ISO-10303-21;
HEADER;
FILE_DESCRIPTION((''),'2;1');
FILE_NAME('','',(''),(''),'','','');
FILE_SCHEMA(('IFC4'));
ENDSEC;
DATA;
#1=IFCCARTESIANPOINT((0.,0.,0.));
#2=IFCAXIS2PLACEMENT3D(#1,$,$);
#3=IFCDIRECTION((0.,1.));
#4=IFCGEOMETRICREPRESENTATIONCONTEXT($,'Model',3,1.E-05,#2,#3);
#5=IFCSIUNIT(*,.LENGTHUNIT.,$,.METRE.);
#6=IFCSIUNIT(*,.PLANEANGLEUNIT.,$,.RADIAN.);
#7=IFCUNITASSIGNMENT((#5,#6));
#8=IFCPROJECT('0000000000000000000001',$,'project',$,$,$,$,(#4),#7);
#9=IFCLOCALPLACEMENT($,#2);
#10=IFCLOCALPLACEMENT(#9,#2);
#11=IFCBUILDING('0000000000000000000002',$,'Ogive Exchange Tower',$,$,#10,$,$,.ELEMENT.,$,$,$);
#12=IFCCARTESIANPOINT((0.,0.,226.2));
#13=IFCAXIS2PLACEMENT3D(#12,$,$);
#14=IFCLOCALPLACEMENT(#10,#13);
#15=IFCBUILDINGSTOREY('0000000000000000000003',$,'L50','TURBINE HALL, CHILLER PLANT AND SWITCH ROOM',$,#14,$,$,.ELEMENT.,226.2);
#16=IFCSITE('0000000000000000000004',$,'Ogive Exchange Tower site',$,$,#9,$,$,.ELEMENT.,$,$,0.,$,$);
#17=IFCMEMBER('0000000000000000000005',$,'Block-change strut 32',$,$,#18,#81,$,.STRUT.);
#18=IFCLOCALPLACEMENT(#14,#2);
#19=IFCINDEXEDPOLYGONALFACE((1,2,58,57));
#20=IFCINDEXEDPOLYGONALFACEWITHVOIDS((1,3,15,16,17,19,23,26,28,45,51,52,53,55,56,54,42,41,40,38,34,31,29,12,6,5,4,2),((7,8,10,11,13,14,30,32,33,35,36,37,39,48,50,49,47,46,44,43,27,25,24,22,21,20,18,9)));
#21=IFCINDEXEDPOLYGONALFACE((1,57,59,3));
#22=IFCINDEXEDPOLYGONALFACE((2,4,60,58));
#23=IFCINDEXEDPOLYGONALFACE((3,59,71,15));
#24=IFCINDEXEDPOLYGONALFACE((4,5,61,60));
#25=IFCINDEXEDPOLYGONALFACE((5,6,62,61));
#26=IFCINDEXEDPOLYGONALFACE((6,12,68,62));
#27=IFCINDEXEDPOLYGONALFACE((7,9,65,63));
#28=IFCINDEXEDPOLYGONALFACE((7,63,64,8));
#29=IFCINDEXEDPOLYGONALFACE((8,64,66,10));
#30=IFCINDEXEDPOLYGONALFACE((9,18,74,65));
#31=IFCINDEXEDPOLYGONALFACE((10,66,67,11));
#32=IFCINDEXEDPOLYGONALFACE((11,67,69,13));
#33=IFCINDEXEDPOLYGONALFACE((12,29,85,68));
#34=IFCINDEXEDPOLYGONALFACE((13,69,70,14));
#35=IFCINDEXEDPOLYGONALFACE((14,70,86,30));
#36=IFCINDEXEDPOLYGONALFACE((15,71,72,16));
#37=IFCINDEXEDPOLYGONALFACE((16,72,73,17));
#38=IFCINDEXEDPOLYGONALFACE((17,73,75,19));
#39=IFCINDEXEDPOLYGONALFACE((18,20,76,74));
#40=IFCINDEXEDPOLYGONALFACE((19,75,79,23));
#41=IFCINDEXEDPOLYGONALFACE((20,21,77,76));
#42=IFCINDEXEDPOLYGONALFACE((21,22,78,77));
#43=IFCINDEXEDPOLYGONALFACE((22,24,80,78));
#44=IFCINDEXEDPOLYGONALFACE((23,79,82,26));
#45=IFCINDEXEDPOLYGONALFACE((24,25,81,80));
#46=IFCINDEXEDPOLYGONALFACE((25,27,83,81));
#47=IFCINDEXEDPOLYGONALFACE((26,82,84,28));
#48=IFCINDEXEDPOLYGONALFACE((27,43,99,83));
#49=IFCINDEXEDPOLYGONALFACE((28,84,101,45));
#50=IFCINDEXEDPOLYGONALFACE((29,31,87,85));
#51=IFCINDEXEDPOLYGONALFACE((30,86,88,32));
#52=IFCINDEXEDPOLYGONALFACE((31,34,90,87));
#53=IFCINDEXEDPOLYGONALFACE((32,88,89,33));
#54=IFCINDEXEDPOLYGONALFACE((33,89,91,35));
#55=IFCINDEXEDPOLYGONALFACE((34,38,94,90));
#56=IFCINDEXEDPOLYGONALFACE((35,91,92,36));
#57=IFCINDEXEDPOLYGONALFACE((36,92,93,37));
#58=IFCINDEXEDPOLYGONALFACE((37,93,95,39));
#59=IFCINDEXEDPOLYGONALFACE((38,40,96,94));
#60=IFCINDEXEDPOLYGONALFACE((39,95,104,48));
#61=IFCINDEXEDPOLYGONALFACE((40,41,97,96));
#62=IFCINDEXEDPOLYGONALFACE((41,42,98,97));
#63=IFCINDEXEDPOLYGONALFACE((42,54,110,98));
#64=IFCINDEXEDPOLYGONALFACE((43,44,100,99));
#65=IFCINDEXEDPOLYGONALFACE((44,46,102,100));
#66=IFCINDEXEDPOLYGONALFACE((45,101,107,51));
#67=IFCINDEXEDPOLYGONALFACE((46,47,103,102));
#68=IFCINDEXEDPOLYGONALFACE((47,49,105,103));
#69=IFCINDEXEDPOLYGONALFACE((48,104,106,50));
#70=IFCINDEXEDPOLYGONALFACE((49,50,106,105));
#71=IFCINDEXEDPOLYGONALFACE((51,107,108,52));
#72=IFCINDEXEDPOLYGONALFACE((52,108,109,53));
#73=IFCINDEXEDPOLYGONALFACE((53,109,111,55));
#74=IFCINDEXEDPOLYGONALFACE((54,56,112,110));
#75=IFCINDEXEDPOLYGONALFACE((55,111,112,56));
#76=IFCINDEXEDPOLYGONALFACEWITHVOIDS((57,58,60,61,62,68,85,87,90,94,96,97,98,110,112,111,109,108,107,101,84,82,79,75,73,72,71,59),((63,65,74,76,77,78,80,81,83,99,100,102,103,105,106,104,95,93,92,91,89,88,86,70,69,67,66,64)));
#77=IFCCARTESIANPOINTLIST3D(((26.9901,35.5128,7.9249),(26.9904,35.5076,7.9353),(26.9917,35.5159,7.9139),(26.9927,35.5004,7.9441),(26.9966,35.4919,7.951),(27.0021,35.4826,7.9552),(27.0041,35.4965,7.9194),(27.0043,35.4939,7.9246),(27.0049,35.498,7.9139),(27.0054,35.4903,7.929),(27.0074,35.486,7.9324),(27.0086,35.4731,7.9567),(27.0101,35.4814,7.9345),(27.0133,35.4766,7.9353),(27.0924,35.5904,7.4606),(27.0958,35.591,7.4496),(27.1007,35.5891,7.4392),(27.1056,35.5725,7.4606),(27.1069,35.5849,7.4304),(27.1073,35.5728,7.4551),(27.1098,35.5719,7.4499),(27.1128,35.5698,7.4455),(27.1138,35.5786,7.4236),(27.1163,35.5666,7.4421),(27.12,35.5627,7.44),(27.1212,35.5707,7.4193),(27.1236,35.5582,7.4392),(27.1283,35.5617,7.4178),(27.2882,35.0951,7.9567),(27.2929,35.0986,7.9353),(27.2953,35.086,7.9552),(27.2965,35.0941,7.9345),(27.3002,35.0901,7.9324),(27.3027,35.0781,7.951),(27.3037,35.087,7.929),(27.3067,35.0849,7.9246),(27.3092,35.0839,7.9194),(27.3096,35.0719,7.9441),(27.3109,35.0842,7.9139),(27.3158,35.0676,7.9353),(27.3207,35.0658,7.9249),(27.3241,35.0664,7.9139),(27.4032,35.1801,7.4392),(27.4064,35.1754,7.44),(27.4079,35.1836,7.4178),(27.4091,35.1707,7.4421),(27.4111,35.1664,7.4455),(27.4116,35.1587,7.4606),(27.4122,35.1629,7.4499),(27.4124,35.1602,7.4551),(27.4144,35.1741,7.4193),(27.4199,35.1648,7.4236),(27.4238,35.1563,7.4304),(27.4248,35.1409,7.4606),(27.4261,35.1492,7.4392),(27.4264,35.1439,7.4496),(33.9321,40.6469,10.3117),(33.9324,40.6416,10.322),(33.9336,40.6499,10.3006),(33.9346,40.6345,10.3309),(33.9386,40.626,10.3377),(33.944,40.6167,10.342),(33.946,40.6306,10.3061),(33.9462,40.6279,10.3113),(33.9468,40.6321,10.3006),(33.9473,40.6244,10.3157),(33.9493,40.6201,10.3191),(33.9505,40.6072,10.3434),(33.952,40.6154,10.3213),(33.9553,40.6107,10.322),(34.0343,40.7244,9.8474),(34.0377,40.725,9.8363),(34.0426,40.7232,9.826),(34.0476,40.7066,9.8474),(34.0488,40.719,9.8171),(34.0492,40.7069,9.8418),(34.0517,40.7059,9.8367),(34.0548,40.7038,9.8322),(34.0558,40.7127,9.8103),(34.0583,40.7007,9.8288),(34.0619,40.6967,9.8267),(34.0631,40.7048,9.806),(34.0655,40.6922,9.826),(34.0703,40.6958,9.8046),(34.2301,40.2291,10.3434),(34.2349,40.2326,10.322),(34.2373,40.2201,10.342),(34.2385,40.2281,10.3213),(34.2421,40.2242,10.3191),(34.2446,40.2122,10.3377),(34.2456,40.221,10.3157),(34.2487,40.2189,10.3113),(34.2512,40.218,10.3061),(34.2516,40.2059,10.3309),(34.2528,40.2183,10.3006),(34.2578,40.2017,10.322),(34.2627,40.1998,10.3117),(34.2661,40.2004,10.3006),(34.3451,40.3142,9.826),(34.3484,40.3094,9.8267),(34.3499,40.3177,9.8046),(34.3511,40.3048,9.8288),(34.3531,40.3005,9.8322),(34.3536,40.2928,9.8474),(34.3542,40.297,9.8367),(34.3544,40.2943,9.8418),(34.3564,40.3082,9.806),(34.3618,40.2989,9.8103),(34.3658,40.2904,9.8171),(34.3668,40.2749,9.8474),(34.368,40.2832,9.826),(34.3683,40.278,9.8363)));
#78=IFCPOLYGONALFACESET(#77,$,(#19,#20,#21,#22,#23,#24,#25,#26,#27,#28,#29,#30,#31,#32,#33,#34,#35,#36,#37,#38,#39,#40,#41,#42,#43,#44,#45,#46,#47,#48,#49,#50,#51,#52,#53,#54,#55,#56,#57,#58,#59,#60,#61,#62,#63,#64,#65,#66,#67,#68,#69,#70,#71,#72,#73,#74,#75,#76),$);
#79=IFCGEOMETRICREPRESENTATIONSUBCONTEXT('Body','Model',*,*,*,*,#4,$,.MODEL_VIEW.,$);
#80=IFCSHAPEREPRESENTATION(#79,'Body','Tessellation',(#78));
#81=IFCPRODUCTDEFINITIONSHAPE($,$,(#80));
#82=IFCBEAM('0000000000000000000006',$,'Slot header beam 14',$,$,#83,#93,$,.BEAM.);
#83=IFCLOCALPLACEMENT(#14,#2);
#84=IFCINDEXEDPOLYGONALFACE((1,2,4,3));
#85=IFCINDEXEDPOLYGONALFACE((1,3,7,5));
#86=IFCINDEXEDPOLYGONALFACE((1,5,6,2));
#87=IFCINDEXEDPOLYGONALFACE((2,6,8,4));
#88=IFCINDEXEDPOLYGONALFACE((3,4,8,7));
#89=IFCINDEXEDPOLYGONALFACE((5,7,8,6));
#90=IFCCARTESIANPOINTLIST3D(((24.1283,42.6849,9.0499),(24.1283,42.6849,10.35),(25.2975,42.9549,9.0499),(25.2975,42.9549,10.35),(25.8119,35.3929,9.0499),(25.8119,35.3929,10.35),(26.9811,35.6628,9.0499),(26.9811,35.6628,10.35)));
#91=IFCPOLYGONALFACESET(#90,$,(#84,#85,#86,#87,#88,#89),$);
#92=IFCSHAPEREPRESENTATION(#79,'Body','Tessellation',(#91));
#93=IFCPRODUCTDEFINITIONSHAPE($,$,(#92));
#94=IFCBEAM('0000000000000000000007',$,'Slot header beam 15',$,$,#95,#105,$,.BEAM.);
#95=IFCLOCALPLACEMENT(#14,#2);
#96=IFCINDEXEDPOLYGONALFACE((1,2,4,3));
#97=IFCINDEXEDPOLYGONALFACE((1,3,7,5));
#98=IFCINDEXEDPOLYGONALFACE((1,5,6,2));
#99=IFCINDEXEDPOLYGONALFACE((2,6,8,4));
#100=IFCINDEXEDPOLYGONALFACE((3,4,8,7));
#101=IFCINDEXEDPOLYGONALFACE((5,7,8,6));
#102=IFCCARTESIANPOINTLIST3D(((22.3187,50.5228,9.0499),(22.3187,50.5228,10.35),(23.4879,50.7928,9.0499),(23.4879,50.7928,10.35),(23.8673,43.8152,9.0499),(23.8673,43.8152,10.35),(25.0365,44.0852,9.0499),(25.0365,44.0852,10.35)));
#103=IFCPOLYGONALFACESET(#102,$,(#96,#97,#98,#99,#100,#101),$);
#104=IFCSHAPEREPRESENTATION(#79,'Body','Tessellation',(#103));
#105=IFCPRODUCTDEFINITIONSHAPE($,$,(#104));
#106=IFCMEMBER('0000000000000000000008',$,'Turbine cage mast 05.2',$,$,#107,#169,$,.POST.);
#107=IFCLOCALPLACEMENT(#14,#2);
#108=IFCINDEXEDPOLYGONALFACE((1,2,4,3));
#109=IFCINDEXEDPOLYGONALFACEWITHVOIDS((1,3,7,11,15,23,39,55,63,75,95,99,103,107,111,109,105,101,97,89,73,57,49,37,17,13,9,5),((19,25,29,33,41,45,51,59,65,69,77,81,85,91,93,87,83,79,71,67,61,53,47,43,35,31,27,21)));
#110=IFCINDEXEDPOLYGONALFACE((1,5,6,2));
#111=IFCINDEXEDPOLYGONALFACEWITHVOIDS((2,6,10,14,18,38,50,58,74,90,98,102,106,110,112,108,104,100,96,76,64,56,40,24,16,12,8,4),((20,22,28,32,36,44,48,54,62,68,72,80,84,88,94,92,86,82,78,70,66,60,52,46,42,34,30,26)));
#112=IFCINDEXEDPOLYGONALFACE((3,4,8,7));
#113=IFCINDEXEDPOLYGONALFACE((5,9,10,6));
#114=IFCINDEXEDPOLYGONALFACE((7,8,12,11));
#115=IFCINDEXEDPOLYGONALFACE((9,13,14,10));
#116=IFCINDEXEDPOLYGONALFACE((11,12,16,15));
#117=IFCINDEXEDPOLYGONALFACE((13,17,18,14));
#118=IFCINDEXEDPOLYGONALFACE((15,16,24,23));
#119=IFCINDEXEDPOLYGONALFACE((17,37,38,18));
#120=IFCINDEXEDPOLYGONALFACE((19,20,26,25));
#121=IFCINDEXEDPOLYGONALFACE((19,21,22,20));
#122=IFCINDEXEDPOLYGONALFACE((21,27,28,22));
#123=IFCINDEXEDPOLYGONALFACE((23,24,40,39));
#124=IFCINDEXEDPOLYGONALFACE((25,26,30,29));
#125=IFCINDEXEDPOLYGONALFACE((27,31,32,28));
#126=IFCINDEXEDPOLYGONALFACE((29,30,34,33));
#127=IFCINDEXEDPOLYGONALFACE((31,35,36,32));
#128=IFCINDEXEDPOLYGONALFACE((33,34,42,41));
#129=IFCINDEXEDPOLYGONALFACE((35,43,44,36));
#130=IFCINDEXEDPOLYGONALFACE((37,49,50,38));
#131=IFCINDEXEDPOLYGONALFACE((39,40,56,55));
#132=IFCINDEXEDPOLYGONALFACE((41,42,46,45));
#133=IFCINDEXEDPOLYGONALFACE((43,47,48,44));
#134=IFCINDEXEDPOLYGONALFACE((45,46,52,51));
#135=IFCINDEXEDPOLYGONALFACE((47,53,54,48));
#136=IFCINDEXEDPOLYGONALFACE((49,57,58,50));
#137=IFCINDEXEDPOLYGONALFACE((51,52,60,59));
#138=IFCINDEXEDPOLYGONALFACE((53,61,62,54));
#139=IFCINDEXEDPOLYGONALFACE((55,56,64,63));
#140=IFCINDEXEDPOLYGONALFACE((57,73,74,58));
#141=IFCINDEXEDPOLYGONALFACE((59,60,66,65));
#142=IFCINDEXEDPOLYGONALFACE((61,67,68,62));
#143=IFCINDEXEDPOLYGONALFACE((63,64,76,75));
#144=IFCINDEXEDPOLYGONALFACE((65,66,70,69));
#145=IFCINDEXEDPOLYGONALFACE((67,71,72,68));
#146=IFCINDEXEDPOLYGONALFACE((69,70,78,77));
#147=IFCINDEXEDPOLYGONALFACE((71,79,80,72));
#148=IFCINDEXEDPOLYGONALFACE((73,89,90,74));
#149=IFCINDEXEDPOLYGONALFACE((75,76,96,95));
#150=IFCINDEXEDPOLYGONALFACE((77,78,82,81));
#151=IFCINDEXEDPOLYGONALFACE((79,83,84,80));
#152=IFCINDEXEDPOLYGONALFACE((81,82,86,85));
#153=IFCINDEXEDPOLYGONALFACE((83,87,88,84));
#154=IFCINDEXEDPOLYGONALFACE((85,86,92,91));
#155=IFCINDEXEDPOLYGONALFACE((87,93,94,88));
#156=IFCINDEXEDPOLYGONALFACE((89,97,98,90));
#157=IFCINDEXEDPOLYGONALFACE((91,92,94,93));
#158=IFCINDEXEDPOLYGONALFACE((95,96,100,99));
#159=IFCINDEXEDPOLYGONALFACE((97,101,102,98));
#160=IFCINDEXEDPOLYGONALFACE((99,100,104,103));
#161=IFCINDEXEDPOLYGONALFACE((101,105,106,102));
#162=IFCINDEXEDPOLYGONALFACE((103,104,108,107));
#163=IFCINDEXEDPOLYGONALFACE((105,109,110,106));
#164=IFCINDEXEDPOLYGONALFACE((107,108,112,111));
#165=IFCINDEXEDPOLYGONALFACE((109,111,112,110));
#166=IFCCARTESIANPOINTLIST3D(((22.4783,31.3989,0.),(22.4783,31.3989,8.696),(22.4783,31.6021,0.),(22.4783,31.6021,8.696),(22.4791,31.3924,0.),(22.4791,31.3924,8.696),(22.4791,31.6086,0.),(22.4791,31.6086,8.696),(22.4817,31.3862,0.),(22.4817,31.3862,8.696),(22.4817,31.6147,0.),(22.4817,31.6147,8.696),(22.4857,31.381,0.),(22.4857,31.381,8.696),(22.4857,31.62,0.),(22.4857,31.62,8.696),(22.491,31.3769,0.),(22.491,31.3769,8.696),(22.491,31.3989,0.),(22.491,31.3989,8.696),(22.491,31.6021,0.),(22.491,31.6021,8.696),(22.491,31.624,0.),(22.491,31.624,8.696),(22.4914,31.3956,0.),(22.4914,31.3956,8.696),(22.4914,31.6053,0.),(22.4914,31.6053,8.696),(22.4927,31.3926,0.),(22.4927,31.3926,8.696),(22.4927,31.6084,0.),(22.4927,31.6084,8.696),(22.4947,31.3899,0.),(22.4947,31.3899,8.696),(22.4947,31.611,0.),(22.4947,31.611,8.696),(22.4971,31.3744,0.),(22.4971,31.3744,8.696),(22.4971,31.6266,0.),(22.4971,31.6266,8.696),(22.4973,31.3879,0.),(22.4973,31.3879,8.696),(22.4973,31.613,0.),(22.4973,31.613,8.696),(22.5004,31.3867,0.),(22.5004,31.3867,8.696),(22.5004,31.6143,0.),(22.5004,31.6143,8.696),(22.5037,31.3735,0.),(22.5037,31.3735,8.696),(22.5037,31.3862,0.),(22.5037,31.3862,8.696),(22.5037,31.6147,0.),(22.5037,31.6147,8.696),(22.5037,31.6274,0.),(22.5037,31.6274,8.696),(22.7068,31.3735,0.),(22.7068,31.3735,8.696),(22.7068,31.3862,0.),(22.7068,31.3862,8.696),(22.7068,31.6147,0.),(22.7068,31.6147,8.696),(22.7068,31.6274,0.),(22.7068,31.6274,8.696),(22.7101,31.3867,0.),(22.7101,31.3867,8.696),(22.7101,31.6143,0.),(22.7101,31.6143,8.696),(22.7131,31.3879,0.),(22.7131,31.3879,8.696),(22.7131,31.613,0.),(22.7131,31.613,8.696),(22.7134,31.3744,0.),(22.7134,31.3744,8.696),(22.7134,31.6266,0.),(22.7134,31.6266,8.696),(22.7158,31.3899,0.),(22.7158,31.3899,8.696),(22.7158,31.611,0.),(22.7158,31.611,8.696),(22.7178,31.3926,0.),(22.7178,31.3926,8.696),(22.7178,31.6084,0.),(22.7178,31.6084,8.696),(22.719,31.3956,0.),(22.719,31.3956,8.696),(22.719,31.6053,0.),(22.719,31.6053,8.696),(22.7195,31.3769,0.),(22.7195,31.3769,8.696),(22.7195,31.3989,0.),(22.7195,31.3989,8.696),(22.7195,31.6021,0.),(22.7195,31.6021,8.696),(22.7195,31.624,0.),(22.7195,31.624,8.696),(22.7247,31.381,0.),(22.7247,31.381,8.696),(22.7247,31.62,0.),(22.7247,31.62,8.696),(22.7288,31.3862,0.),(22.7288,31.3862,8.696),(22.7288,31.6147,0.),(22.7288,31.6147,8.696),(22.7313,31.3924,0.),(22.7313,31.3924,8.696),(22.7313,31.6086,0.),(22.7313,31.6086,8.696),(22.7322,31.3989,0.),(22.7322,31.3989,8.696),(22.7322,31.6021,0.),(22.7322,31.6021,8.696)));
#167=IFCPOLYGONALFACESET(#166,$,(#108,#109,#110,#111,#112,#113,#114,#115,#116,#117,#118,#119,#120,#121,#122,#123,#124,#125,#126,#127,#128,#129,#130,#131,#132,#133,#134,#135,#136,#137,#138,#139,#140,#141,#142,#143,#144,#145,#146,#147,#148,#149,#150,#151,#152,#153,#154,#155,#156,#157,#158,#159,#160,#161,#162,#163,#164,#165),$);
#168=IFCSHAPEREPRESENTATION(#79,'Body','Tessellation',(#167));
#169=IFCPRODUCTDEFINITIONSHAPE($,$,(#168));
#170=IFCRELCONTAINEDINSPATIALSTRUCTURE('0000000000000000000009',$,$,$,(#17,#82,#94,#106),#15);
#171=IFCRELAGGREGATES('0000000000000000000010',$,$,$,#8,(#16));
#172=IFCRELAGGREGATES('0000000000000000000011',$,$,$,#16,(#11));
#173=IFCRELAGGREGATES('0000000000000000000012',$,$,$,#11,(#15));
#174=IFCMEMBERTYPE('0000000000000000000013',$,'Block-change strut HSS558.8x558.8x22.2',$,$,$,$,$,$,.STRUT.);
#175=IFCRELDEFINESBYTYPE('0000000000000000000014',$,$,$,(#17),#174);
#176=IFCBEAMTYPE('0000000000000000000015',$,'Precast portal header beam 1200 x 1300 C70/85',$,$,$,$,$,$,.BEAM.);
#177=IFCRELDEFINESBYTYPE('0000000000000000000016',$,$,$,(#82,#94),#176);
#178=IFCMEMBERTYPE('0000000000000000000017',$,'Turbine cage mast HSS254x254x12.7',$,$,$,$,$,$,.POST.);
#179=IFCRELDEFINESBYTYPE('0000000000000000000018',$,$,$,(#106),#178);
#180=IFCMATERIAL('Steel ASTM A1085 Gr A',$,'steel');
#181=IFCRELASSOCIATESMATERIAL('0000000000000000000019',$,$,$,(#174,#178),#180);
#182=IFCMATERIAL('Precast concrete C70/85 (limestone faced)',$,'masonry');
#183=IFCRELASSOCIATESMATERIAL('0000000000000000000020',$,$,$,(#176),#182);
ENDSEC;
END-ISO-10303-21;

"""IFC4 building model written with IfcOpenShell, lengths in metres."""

from ifc_helpers import new_model, si_unit, direction, frame, origin, origin_2d, place, context, subcontext, project, spatial, rectangle, hollow_rectangle, extrude, material, material_profile, profile_set, type_object, element, save


model = new_model("IFC4")

# Units and contexts
model_context = context("Model", 3, precision=1e-05, world=origin(), true_north=direction((0.0, 1.0)))
body_context = subcontext(model_context, "Body", "Model", "MODEL_VIEW")
ifc_project = project(units=[si_unit("LENGTHUNIT", "METRE"), si_unit("PLANEANGLEUNIT", "RADIAN")], contexts=[model_context])

# Site, building, storey
site_placement = place(None, origin())
site = spatial("IfcSite", under=ifc_project, at=site_placement, Name="Ogive Exchange Tower site", CompositionType="ELEMENT", RefElevation=0.0)
building_placement = place(site_placement, origin())
building = spatial("IfcBuilding", under=site, at=building_placement, Name="Ogive Exchange Tower", CompositionType="ELEMENT")
storey_placement = place(building_placement, frame((0.0, 0.0, 226.2)))
storey = spatial("IfcBuildingStorey", under=building, at=storey_placement, Name="L50", Description="TURBINE HALL, CHILLER PLANT AND SWITCH ROOM", CompositionType="ELEMENT", Elevation=226.2)

# Shared definitions
ifc_material_1 = material(Name="Precast concrete C70/85 (limestone faced)", Category="masonry")

# Member
ifc_material_2 = material(Name="Steel ASTM A1085 Gr A", Category="steel")
ifc_material_profile_1 = material_profile(ifc_material_2, hollow_rectangle(XDim=0.5591, YDim=0.5591, WallThickness=0.0222, InnerFilletRadius=0.0222, OuterFilletRadius=0.0444, at=origin_2d()), Name="HSS558.8x558.8x22.2")
ifc_profile_set_1 = profile_set([ifc_material_profile_1], Name="Steel ASTM A1085 Gr A")
member_type_1 = type_object("IfcMemberType", Name="Block-change strut HSS558.8x558.8x22.2", PredefinedType="STRUT", material=ifc_profile_set_1)
member_1_placement = place(storey_placement, frame((27.2083, 35.3284, 7.6873), z_axis=(0.774944, 0.573127, 0.266436), x_axis=(-0.594621, 0.804006, 0.0)))
element("IfcMember", 1, at=member_1_placement, inside=storey, type_object=member_type_1, Name="Block-change strut 32", PredefinedType="STRUT", context=body_context, shape_type="SweptSolid", body=[
    extrude(hollow_rectangle(XDim=0.5591, YDim=0.5591, WallThickness=0.0222, InnerFilletRadius=0.0222, OuterFilletRadius=0.0444, at=origin_2d()), origin(), (0.0, 0.0, 1.0), 8.958),
])

# Beams
ifc_material_profile_2 = material_profile(ifc_material_1, rectangle(XDim=1.2, YDim=1.3, at=origin_2d()), Name="1200 x 1300")
ifc_profile_set_2 = profile_set([ifc_material_profile_2], Name="Precast concrete C70/85 (limestone faced)")
beam_type_1 = type_object("IfcBeamType", Name="Precast portal header beam 1200 x 1300 C70/85", PredefinedType="BEAM", material=ifc_profile_set_2)
beam_1_placement = place(storey_placement, frame((26.3965, 35.5278, 9.7), z_axis=(-0.224964, 0.974367, 0.0), x_axis=(-0.974367, -0.224964, 0.0)))
element("IfcBeam", 2, at=beam_1_placement, inside=storey, type_object=beam_type_1, Name="Slot header beam 14", PredefinedType="BEAM", context=body_context, shape_type="SweptSolid", body=[
    extrude(rectangle(XDim=1.2, YDim=1.3, at=origin_2d()), origin(), (0.0, 0.0, 1.0), 7.4839),
])
beam_2_placement = place(storey_placement, frame((24.4519, 43.9502, 9.7), z_axis=(-0.224955, 0.974369, 0.0), x_axis=(-0.974369, -0.224955, 0.0)))
element("IfcBeam", 3, at=beam_2_placement, inside=storey, type_object=beam_type_1, Name="Slot header beam 15", PredefinedType="BEAM", context=body_context, shape_type="SweptSolid", body=[
    extrude(rectangle(XDim=1.2, YDim=1.3, at=origin_2d()), origin(), (0.0, 0.0, 1.0), 6.884),
])

# Member
ifc_material_profile_3 = material_profile(ifc_material_2, hollow_rectangle(XDim=0.2539, YDim=0.2539, WallThickness=0.0127, InnerFilletRadius=0.0127, OuterFilletRadius=0.0254, at=origin_2d()), Name="HSS254x254x12.7")
ifc_profile_set_3 = profile_set([ifc_material_profile_3], Name="Steel ASTM A1085 Gr A")
member_type_2 = type_object("IfcMemberType", Name="Turbine cage mast HSS254x254x12.7", PredefinedType="POST", material=ifc_profile_set_3)
for number, where, z_axis, x_axis, name in (
    (4, (22.6052, 31.5005, 0.0), (0.0, 0.0, 1.0), (1.0, 0.0, 0.0), "Turbine cage mast 05.2"),
):
    element("IfcMember", number, at=place(storey_placement, frame(where, z_axis=z_axis, x_axis=x_axis)), inside=storey, type_object=member_type_2, Name=name, PredefinedType="POST", context=body_context, shape_type="SweptSolid", body=[
        extrude(hollow_rectangle(XDim=0.2539, YDim=0.2539, WallThickness=0.0127, InnerFilletRadius=0.0127, OuterFilletRadius=0.0254, at=origin_2d()), origin(), (0.0, 0.0, 1.0), 8.696),
    ])

save(model, "model.ifc")
